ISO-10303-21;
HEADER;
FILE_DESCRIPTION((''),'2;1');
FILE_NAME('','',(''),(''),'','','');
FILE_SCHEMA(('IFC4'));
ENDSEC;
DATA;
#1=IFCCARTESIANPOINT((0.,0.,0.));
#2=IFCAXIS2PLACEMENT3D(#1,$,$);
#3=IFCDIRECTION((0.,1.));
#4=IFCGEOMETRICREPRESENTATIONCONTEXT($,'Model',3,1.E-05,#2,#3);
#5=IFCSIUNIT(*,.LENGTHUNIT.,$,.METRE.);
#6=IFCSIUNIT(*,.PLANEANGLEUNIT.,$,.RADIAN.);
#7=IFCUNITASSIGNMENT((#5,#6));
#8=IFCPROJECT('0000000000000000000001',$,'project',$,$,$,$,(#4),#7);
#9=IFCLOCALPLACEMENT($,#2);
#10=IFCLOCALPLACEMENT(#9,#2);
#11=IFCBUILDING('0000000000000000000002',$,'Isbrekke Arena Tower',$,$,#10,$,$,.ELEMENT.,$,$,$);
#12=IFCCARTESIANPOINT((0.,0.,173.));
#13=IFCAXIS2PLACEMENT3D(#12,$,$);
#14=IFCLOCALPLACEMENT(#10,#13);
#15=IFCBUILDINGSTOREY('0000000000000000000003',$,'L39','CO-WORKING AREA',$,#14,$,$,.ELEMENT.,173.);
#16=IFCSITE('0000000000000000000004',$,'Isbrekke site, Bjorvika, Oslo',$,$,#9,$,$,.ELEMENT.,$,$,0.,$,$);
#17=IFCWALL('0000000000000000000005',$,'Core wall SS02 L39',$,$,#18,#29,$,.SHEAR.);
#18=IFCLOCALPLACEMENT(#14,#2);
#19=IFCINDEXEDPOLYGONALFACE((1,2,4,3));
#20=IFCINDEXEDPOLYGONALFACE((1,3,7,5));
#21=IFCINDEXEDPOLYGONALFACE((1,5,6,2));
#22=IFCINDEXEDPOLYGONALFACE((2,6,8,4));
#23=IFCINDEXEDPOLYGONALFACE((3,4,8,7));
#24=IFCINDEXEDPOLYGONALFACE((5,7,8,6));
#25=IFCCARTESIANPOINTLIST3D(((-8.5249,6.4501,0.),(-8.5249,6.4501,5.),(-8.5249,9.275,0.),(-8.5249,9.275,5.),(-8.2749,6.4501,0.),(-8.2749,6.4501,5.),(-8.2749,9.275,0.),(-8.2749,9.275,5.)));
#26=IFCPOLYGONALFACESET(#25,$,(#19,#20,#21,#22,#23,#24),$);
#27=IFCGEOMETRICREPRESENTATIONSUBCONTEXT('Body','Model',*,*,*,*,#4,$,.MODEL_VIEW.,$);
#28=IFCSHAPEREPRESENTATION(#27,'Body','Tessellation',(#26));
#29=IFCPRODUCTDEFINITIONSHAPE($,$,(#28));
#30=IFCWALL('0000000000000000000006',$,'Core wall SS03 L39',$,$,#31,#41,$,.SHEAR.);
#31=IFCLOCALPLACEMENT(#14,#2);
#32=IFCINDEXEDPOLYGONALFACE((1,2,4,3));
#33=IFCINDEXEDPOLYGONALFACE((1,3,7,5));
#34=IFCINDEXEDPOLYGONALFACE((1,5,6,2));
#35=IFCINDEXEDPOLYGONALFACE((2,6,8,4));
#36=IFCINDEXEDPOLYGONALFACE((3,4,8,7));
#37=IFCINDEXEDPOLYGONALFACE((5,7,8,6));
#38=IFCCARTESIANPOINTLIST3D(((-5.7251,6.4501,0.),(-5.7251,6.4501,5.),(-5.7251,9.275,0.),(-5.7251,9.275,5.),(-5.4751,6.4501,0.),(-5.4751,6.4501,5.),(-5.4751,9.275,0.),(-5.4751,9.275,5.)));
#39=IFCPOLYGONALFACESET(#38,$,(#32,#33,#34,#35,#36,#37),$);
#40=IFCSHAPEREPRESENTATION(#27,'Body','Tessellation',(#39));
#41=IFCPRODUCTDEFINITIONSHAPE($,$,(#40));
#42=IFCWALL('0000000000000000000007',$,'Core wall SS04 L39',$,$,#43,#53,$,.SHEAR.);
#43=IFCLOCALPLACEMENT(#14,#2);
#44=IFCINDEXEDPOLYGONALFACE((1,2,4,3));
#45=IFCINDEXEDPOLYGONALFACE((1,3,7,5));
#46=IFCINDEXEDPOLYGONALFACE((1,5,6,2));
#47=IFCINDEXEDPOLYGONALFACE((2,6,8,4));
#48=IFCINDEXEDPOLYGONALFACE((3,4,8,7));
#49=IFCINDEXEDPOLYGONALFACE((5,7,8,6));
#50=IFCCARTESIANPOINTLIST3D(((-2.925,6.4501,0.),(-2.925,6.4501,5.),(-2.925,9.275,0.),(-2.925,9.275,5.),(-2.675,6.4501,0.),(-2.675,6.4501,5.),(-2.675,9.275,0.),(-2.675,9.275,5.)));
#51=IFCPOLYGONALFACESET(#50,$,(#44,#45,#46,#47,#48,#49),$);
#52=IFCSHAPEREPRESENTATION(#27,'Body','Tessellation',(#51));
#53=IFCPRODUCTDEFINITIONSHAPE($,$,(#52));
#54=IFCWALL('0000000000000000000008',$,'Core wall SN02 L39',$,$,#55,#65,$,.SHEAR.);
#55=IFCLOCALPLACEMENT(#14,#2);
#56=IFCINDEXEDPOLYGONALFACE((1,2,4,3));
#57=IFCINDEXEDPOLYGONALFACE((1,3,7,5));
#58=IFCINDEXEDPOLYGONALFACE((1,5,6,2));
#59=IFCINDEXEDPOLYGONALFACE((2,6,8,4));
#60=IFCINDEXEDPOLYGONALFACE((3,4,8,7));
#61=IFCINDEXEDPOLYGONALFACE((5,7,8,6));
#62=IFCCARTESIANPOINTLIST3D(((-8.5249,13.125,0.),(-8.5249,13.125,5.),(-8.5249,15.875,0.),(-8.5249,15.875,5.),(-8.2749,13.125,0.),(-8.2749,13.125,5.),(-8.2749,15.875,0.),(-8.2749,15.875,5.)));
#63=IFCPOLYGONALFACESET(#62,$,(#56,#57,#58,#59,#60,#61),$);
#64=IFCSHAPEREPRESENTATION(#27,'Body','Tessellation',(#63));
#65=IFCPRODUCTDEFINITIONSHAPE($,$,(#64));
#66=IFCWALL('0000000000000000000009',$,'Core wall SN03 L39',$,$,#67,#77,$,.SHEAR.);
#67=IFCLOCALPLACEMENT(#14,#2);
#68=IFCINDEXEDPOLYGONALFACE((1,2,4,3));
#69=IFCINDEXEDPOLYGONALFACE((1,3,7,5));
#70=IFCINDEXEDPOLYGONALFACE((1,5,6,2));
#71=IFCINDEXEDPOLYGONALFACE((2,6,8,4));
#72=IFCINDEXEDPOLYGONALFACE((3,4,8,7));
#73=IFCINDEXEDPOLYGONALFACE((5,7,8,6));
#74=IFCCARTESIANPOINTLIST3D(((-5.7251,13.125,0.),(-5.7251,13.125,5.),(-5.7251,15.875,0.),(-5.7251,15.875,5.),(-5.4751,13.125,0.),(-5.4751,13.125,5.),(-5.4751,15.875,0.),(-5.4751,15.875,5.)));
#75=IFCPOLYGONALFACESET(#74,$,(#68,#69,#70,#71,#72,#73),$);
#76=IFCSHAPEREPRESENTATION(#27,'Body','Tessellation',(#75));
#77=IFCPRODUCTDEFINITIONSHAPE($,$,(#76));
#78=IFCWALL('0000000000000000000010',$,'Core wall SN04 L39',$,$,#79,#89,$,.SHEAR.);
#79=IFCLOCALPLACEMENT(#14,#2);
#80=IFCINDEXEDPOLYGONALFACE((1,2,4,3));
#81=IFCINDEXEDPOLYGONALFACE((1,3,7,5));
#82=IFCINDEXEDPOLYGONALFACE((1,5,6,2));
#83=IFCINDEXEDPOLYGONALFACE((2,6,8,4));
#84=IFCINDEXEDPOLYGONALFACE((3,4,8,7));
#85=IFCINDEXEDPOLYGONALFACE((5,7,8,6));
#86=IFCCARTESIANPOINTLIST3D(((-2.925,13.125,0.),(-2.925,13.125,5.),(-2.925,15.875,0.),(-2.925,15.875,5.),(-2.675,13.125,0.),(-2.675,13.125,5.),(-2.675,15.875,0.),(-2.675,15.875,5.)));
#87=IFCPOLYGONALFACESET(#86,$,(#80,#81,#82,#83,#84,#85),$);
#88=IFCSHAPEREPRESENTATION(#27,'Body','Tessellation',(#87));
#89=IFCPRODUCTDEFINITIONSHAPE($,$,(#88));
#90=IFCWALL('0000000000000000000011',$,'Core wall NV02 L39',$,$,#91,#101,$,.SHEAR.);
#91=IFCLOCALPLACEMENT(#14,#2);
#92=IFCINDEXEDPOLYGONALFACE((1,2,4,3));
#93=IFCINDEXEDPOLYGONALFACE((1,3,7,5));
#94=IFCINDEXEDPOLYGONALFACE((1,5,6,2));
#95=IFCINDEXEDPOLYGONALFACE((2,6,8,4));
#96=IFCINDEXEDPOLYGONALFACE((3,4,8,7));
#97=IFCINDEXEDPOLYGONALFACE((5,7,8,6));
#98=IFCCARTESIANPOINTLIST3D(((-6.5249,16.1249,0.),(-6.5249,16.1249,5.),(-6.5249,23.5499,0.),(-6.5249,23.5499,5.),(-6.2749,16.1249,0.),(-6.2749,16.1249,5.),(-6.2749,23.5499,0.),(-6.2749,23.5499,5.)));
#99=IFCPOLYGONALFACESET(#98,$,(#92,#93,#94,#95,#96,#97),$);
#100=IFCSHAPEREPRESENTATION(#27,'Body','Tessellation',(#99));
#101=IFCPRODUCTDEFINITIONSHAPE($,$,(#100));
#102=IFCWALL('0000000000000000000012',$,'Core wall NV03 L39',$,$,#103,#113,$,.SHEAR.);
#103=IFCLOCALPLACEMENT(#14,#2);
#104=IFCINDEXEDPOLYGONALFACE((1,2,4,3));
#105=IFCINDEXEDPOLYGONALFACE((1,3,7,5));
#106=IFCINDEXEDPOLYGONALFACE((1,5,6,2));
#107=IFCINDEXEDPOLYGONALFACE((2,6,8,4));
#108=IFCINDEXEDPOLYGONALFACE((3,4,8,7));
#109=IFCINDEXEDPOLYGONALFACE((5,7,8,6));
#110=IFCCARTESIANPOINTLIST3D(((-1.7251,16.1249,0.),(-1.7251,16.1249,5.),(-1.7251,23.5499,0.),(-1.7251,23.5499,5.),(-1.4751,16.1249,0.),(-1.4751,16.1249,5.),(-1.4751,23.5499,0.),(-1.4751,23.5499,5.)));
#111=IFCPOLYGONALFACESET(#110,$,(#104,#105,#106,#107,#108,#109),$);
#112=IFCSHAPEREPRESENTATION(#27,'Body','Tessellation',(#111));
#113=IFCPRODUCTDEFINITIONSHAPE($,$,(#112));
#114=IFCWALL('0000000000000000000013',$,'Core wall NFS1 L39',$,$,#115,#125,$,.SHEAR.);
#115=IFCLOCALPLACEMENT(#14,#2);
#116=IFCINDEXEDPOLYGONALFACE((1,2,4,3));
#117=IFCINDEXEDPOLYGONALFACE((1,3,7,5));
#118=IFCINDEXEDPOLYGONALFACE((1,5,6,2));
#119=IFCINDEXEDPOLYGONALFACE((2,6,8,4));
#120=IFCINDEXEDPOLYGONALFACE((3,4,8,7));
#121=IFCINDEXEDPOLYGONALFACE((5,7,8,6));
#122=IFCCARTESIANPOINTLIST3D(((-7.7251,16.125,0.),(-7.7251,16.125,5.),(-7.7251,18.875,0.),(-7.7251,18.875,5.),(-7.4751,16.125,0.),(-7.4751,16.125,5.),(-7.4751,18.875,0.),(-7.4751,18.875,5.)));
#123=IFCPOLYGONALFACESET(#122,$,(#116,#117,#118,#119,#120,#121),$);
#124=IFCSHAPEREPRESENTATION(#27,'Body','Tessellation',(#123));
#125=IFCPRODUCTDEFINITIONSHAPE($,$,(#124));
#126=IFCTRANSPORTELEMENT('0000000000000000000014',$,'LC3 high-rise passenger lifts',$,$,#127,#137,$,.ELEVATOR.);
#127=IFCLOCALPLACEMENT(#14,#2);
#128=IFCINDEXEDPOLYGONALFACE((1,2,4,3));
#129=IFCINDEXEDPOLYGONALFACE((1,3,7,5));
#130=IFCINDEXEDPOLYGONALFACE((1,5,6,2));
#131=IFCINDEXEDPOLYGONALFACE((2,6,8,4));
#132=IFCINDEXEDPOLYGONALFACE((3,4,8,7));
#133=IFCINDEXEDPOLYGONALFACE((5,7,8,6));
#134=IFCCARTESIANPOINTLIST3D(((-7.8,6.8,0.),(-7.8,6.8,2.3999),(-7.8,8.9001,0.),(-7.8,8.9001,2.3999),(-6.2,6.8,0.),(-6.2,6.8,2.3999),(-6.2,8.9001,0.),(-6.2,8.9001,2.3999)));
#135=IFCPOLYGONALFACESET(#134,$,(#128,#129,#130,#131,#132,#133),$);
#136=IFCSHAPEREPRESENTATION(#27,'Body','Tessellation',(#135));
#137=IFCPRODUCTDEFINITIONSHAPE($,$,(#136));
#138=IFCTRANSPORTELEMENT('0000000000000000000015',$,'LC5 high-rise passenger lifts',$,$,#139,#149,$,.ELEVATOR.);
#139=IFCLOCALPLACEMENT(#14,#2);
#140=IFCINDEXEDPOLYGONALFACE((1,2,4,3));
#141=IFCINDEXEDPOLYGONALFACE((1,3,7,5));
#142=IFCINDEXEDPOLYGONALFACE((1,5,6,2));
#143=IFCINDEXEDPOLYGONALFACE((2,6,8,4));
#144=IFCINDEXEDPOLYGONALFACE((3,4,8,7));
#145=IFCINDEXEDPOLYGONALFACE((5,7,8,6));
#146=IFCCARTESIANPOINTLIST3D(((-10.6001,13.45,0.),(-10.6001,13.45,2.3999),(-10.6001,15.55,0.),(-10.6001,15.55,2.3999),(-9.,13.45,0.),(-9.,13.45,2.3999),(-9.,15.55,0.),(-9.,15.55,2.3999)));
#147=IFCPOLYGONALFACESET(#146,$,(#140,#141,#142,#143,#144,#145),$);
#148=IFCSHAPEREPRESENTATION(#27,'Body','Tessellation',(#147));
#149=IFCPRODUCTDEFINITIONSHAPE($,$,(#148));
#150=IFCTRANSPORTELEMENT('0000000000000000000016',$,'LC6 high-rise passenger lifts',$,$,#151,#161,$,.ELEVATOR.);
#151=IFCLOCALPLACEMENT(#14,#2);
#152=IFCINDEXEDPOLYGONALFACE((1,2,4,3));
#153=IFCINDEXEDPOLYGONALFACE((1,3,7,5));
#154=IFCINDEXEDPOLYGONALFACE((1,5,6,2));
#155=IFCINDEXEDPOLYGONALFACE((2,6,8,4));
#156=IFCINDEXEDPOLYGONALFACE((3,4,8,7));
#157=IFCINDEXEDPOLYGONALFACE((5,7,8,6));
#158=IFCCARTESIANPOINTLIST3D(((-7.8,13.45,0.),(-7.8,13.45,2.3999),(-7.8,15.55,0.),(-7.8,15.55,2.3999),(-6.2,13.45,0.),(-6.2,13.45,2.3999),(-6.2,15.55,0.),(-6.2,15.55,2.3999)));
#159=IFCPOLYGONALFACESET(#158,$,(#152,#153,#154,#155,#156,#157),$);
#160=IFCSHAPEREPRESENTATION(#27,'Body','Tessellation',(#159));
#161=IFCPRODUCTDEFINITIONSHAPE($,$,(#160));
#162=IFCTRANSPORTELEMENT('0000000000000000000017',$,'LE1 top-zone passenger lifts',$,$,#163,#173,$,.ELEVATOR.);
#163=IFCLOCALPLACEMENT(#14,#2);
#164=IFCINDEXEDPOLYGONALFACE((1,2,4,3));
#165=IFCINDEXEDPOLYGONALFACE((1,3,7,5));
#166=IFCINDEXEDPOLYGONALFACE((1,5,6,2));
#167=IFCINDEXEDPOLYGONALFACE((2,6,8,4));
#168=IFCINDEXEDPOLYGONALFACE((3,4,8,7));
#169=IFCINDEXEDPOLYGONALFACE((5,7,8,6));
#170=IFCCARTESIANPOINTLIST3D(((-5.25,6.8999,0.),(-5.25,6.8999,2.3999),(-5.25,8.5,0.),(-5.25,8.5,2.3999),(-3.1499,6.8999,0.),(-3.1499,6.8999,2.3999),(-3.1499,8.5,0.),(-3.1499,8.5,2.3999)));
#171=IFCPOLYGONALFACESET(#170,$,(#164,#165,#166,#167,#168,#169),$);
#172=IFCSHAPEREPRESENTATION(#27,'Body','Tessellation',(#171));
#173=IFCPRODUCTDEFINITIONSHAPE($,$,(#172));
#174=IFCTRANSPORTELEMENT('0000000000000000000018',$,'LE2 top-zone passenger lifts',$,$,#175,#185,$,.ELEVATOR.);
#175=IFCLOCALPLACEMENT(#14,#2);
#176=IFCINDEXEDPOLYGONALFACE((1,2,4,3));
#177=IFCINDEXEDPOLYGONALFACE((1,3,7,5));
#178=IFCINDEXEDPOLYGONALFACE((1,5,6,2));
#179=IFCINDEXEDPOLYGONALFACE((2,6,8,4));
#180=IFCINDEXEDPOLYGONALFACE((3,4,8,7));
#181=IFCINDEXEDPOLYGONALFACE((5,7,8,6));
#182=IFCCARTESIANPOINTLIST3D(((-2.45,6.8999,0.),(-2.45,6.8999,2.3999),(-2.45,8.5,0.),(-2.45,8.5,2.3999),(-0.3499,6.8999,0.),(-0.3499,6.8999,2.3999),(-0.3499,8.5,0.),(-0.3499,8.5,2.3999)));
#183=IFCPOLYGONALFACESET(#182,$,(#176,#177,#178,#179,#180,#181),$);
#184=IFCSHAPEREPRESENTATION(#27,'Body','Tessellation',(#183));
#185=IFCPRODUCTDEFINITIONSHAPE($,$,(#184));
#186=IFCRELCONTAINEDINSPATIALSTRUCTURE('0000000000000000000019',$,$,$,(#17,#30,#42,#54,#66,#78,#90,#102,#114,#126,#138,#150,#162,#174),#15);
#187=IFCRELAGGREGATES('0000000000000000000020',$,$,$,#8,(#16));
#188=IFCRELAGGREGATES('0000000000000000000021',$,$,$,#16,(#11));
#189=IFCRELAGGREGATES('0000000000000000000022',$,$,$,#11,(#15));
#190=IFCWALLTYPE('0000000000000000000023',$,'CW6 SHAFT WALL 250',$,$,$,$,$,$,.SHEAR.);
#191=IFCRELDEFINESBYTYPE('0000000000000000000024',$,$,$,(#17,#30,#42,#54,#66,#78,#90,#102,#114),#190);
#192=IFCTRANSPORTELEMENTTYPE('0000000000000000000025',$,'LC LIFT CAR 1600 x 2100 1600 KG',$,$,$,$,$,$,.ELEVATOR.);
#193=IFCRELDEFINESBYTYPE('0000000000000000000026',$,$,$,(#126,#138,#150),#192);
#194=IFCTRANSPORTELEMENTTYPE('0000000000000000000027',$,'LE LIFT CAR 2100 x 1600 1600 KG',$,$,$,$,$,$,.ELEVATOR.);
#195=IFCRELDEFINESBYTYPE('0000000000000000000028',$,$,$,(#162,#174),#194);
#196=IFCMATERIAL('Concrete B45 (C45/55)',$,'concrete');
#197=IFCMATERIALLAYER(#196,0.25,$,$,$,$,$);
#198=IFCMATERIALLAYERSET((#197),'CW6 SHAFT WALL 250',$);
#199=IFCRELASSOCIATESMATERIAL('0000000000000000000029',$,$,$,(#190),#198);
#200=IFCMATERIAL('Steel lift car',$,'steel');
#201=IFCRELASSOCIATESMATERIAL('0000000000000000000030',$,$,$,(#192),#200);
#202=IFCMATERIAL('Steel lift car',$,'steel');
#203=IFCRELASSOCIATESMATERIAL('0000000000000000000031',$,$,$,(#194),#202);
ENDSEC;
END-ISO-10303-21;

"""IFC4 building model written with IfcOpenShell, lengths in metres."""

from ifc_helpers import new_model, si_unit, direction, frame, frame_2d, origin, origin_2d, place, context, subcontext, project, spatial, rectangle, extrude, material, layer, layer_set, type_object, element, save


model = new_model("IFC4")

# Units and contexts
model_context = context("Model", 3, precision=1e-05, world=origin(), true_north=direction((0.0, 1.0)))
body_context = subcontext(model_context, "Body", "Model", "MODEL_VIEW")
ifc_project = project(units=[si_unit("LENGTHUNIT", "METRE"), si_unit("PLANEANGLEUNIT", "RADIAN")], contexts=[model_context])

# Site, building, storey
site_placement = place(None, origin())
site = spatial("IfcSite", under=ifc_project, at=site_placement, Name="Isbrekke site, Bjorvika, Oslo", CompositionType="ELEMENT", RefElevation=0.0)
building_placement = place(site_placement, origin())
building = spatial("IfcBuilding", under=site, at=building_placement, Name="Isbrekke Arena Tower", CompositionType="ELEMENT")
storey_placement = place(building_placement, frame((0.0, 0.0, 173.0)))
storey = spatial("IfcBuildingStorey", under=building, at=storey_placement, Name="L39", Description="CO-WORKING AREA", CompositionType="ELEMENT", Elevation=173.0)

# Walls
ifc_material_1 = material(Name="Concrete B45 (C45/55)", Category="concrete")
ifc_layer = layer(ifc_material_1, 0.25)
ifc_layer_set = layer_set([ifc_layer], Name="CW6 SHAFT WALL 250")
wall_type = type_object("IfcWallType", Name="CW6 SHAFT WALL 250", PredefinedType="SHEAR", material=ifc_layer_set)
for number, where, z_axis, x_axis, name in (
    (1, (-8.3999, 6.45, 0.0), (0.0, 0.0, 1.0), (0.0, 1.0, 0.0), "Core wall SS02 L39"),
    (2, (-5.6001, 6.45, 0.0), (0.0, 0.0, 1.0), (0.0, 1.0, 0.0), "Core wall SS03 L39"),
    (3, (-2.8, 6.45, 0.0), (0.0, 0.0, 1.0), (0.0, 1.0, 0.0), "Core wall SS04 L39"),
):
    element("IfcWall", number, at=place(storey_placement, frame(where, z_axis=z_axis, x_axis=x_axis)), inside=storey, type_object=wall_type, Name=name, PredefinedType="SHEAR", context=body_context, shape_type="SweptSolid", body=[
        extrude(rectangle(XDim=2.825, YDim=0.25, at=frame_2d((1.4126, 0.0))), origin(), (0.0, 0.0, 1.0), 5.0),
    ])
for number, where, z_axis, x_axis, name in (
    (4, (-8.3999, 13.125, 0.0), (0.0, 0.0, 1.0), (0.0, 1.0, 0.0), "Core wall SN02 L39"),
    (5, (-5.6001, 13.125, 0.0), (0.0, 0.0, 1.0), (0.0, 1.0, 0.0), "Core wall SN03 L39"),
    (6, (-2.8, 13.125, 0.0), (0.0, 0.0, 1.0), (0.0, 1.0, 0.0), "Core wall SN04 L39"),
):
    element("IfcWall", number, at=place(storey_placement, frame(where, z_axis=z_axis, x_axis=x_axis)), inside=storey, type_object=wall_type, Name=name, PredefinedType="SHEAR", context=body_context, shape_type="SweptSolid", body=[
        extrude(rectangle(XDim=2.75, YDim=0.25, at=frame_2d((1.375, 0.0))), origin(), (0.0, 0.0, 1.0), 5.0),
    ])
for number, where, z_axis, x_axis, name in (
    (7, (-6.3999, 16.125, 0.0), (0.0, 0.0, 1.0), (0.0, 1.0, 0.0), "Core wall NV02 L39"),
    (8, (-1.6001, 16.125, 0.0), (0.0, 0.0, 1.0), (0.0, 1.0, 0.0), "Core wall NV03 L39"),
):
    element("IfcWall", number, at=place(storey_placement, frame(where, z_axis=z_axis, x_axis=x_axis)), inside=storey, type_object=wall_type, Name=name, PredefinedType="SHEAR", context=body_context, shape_type="SweptSolid", body=[
        extrude(rectangle(XDim=7.425, YDim=0.25, at=frame_2d((3.7124, 0.0))), origin(), (0.0, 0.0, 1.0), 5.0),
    ])
wall_placement = place(storey_placement, frame((-7.6001, 16.125, 0.0), z_axis=(0.0, 0.0, 1.0), x_axis=(0.0, 1.0, 0.0)))
element("IfcWall", 9, at=wall_placement, inside=storey, type_object=wall_type, Name="Core wall NFS1 L39", PredefinedType="SHEAR", context=body_context, shape_type="SweptSolid", body=[
    extrude(rectangle(XDim=2.75, YDim=0.25, at=frame_2d((1.375, 0.0))), origin(), (0.0, 0.0, 1.0), 5.0),
])

# Transport elements
ifc_material_2 = material(Name="Steel lift car", Category="steel")
transport_element_type_1 = type_object("IfcTransportElementType", Name="LC LIFT CAR 1600 x 2100 1600 KG", PredefinedType="ELEVATOR", material=ifc_material_2)
for number, where, z_axis, x_axis, name in (
    (10, (-7.0, 7.8501, 0.0), (0.0, 0.0, 1.0), (1.0, 0.0, 0.0), "LC3 high-rise passenger lifts"),
    (11, (-9.8, 14.5, 0.0), (0.0, 0.0, 1.0), (1.0, 0.0, 0.0), "LC5 high-rise passenger lifts"),
    (12, (-7.0, 14.5, 0.0), (0.0, 0.0, 1.0), (1.0, 0.0, 0.0), "LC6 high-rise passenger lifts"),
):
    element("IfcTransportElement", number, at=place(storey_placement, frame(where, z_axis=z_axis, x_axis=x_axis)), inside=storey, type_object=transport_element_type_1, Name=name, PredefinedType="ELEVATOR", context=body_context, shape_type="SweptSolid", body=[
        extrude(rectangle(XDim=1.6001, YDim=2.1001, at=origin_2d()), origin(), (0.0, 0.0, 1.0), 2.3999),
    ])
ifc_material_3 = material(Name="Steel lift car", Category="steel")
transport_element_type_2 = type_object("IfcTransportElementType", Name="LE LIFT CAR 2100 x 1600 1600 KG", PredefinedType="ELEVATOR", material=ifc_material_3)
for number, where, z_axis, x_axis, name in (
    (13, (-4.2, 7.7, 0.0), (0.0, 0.0, 1.0), (1.0, 0.0, 0.0), "LE1 top-zone passenger lifts"),
    (14, (-1.3999, 7.7, 0.0), (0.0, 0.0, 1.0), (1.0, 0.0, 0.0), "LE2 top-zone passenger lifts"),
):
    element("IfcTransportElement", number, at=place(storey_placement, frame(where, z_axis=z_axis, x_axis=x_axis)), inside=storey, type_object=transport_element_type_2, Name=name, PredefinedType="ELEVATOR", context=body_context, shape_type="SweptSolid", body=[
        extrude(rectangle(XDim=2.1001, YDim=1.6001, at=origin_2d()), origin(), (0.0, 0.0, 1.0), 2.3999),
    ])

save(model, "model.ifc")
